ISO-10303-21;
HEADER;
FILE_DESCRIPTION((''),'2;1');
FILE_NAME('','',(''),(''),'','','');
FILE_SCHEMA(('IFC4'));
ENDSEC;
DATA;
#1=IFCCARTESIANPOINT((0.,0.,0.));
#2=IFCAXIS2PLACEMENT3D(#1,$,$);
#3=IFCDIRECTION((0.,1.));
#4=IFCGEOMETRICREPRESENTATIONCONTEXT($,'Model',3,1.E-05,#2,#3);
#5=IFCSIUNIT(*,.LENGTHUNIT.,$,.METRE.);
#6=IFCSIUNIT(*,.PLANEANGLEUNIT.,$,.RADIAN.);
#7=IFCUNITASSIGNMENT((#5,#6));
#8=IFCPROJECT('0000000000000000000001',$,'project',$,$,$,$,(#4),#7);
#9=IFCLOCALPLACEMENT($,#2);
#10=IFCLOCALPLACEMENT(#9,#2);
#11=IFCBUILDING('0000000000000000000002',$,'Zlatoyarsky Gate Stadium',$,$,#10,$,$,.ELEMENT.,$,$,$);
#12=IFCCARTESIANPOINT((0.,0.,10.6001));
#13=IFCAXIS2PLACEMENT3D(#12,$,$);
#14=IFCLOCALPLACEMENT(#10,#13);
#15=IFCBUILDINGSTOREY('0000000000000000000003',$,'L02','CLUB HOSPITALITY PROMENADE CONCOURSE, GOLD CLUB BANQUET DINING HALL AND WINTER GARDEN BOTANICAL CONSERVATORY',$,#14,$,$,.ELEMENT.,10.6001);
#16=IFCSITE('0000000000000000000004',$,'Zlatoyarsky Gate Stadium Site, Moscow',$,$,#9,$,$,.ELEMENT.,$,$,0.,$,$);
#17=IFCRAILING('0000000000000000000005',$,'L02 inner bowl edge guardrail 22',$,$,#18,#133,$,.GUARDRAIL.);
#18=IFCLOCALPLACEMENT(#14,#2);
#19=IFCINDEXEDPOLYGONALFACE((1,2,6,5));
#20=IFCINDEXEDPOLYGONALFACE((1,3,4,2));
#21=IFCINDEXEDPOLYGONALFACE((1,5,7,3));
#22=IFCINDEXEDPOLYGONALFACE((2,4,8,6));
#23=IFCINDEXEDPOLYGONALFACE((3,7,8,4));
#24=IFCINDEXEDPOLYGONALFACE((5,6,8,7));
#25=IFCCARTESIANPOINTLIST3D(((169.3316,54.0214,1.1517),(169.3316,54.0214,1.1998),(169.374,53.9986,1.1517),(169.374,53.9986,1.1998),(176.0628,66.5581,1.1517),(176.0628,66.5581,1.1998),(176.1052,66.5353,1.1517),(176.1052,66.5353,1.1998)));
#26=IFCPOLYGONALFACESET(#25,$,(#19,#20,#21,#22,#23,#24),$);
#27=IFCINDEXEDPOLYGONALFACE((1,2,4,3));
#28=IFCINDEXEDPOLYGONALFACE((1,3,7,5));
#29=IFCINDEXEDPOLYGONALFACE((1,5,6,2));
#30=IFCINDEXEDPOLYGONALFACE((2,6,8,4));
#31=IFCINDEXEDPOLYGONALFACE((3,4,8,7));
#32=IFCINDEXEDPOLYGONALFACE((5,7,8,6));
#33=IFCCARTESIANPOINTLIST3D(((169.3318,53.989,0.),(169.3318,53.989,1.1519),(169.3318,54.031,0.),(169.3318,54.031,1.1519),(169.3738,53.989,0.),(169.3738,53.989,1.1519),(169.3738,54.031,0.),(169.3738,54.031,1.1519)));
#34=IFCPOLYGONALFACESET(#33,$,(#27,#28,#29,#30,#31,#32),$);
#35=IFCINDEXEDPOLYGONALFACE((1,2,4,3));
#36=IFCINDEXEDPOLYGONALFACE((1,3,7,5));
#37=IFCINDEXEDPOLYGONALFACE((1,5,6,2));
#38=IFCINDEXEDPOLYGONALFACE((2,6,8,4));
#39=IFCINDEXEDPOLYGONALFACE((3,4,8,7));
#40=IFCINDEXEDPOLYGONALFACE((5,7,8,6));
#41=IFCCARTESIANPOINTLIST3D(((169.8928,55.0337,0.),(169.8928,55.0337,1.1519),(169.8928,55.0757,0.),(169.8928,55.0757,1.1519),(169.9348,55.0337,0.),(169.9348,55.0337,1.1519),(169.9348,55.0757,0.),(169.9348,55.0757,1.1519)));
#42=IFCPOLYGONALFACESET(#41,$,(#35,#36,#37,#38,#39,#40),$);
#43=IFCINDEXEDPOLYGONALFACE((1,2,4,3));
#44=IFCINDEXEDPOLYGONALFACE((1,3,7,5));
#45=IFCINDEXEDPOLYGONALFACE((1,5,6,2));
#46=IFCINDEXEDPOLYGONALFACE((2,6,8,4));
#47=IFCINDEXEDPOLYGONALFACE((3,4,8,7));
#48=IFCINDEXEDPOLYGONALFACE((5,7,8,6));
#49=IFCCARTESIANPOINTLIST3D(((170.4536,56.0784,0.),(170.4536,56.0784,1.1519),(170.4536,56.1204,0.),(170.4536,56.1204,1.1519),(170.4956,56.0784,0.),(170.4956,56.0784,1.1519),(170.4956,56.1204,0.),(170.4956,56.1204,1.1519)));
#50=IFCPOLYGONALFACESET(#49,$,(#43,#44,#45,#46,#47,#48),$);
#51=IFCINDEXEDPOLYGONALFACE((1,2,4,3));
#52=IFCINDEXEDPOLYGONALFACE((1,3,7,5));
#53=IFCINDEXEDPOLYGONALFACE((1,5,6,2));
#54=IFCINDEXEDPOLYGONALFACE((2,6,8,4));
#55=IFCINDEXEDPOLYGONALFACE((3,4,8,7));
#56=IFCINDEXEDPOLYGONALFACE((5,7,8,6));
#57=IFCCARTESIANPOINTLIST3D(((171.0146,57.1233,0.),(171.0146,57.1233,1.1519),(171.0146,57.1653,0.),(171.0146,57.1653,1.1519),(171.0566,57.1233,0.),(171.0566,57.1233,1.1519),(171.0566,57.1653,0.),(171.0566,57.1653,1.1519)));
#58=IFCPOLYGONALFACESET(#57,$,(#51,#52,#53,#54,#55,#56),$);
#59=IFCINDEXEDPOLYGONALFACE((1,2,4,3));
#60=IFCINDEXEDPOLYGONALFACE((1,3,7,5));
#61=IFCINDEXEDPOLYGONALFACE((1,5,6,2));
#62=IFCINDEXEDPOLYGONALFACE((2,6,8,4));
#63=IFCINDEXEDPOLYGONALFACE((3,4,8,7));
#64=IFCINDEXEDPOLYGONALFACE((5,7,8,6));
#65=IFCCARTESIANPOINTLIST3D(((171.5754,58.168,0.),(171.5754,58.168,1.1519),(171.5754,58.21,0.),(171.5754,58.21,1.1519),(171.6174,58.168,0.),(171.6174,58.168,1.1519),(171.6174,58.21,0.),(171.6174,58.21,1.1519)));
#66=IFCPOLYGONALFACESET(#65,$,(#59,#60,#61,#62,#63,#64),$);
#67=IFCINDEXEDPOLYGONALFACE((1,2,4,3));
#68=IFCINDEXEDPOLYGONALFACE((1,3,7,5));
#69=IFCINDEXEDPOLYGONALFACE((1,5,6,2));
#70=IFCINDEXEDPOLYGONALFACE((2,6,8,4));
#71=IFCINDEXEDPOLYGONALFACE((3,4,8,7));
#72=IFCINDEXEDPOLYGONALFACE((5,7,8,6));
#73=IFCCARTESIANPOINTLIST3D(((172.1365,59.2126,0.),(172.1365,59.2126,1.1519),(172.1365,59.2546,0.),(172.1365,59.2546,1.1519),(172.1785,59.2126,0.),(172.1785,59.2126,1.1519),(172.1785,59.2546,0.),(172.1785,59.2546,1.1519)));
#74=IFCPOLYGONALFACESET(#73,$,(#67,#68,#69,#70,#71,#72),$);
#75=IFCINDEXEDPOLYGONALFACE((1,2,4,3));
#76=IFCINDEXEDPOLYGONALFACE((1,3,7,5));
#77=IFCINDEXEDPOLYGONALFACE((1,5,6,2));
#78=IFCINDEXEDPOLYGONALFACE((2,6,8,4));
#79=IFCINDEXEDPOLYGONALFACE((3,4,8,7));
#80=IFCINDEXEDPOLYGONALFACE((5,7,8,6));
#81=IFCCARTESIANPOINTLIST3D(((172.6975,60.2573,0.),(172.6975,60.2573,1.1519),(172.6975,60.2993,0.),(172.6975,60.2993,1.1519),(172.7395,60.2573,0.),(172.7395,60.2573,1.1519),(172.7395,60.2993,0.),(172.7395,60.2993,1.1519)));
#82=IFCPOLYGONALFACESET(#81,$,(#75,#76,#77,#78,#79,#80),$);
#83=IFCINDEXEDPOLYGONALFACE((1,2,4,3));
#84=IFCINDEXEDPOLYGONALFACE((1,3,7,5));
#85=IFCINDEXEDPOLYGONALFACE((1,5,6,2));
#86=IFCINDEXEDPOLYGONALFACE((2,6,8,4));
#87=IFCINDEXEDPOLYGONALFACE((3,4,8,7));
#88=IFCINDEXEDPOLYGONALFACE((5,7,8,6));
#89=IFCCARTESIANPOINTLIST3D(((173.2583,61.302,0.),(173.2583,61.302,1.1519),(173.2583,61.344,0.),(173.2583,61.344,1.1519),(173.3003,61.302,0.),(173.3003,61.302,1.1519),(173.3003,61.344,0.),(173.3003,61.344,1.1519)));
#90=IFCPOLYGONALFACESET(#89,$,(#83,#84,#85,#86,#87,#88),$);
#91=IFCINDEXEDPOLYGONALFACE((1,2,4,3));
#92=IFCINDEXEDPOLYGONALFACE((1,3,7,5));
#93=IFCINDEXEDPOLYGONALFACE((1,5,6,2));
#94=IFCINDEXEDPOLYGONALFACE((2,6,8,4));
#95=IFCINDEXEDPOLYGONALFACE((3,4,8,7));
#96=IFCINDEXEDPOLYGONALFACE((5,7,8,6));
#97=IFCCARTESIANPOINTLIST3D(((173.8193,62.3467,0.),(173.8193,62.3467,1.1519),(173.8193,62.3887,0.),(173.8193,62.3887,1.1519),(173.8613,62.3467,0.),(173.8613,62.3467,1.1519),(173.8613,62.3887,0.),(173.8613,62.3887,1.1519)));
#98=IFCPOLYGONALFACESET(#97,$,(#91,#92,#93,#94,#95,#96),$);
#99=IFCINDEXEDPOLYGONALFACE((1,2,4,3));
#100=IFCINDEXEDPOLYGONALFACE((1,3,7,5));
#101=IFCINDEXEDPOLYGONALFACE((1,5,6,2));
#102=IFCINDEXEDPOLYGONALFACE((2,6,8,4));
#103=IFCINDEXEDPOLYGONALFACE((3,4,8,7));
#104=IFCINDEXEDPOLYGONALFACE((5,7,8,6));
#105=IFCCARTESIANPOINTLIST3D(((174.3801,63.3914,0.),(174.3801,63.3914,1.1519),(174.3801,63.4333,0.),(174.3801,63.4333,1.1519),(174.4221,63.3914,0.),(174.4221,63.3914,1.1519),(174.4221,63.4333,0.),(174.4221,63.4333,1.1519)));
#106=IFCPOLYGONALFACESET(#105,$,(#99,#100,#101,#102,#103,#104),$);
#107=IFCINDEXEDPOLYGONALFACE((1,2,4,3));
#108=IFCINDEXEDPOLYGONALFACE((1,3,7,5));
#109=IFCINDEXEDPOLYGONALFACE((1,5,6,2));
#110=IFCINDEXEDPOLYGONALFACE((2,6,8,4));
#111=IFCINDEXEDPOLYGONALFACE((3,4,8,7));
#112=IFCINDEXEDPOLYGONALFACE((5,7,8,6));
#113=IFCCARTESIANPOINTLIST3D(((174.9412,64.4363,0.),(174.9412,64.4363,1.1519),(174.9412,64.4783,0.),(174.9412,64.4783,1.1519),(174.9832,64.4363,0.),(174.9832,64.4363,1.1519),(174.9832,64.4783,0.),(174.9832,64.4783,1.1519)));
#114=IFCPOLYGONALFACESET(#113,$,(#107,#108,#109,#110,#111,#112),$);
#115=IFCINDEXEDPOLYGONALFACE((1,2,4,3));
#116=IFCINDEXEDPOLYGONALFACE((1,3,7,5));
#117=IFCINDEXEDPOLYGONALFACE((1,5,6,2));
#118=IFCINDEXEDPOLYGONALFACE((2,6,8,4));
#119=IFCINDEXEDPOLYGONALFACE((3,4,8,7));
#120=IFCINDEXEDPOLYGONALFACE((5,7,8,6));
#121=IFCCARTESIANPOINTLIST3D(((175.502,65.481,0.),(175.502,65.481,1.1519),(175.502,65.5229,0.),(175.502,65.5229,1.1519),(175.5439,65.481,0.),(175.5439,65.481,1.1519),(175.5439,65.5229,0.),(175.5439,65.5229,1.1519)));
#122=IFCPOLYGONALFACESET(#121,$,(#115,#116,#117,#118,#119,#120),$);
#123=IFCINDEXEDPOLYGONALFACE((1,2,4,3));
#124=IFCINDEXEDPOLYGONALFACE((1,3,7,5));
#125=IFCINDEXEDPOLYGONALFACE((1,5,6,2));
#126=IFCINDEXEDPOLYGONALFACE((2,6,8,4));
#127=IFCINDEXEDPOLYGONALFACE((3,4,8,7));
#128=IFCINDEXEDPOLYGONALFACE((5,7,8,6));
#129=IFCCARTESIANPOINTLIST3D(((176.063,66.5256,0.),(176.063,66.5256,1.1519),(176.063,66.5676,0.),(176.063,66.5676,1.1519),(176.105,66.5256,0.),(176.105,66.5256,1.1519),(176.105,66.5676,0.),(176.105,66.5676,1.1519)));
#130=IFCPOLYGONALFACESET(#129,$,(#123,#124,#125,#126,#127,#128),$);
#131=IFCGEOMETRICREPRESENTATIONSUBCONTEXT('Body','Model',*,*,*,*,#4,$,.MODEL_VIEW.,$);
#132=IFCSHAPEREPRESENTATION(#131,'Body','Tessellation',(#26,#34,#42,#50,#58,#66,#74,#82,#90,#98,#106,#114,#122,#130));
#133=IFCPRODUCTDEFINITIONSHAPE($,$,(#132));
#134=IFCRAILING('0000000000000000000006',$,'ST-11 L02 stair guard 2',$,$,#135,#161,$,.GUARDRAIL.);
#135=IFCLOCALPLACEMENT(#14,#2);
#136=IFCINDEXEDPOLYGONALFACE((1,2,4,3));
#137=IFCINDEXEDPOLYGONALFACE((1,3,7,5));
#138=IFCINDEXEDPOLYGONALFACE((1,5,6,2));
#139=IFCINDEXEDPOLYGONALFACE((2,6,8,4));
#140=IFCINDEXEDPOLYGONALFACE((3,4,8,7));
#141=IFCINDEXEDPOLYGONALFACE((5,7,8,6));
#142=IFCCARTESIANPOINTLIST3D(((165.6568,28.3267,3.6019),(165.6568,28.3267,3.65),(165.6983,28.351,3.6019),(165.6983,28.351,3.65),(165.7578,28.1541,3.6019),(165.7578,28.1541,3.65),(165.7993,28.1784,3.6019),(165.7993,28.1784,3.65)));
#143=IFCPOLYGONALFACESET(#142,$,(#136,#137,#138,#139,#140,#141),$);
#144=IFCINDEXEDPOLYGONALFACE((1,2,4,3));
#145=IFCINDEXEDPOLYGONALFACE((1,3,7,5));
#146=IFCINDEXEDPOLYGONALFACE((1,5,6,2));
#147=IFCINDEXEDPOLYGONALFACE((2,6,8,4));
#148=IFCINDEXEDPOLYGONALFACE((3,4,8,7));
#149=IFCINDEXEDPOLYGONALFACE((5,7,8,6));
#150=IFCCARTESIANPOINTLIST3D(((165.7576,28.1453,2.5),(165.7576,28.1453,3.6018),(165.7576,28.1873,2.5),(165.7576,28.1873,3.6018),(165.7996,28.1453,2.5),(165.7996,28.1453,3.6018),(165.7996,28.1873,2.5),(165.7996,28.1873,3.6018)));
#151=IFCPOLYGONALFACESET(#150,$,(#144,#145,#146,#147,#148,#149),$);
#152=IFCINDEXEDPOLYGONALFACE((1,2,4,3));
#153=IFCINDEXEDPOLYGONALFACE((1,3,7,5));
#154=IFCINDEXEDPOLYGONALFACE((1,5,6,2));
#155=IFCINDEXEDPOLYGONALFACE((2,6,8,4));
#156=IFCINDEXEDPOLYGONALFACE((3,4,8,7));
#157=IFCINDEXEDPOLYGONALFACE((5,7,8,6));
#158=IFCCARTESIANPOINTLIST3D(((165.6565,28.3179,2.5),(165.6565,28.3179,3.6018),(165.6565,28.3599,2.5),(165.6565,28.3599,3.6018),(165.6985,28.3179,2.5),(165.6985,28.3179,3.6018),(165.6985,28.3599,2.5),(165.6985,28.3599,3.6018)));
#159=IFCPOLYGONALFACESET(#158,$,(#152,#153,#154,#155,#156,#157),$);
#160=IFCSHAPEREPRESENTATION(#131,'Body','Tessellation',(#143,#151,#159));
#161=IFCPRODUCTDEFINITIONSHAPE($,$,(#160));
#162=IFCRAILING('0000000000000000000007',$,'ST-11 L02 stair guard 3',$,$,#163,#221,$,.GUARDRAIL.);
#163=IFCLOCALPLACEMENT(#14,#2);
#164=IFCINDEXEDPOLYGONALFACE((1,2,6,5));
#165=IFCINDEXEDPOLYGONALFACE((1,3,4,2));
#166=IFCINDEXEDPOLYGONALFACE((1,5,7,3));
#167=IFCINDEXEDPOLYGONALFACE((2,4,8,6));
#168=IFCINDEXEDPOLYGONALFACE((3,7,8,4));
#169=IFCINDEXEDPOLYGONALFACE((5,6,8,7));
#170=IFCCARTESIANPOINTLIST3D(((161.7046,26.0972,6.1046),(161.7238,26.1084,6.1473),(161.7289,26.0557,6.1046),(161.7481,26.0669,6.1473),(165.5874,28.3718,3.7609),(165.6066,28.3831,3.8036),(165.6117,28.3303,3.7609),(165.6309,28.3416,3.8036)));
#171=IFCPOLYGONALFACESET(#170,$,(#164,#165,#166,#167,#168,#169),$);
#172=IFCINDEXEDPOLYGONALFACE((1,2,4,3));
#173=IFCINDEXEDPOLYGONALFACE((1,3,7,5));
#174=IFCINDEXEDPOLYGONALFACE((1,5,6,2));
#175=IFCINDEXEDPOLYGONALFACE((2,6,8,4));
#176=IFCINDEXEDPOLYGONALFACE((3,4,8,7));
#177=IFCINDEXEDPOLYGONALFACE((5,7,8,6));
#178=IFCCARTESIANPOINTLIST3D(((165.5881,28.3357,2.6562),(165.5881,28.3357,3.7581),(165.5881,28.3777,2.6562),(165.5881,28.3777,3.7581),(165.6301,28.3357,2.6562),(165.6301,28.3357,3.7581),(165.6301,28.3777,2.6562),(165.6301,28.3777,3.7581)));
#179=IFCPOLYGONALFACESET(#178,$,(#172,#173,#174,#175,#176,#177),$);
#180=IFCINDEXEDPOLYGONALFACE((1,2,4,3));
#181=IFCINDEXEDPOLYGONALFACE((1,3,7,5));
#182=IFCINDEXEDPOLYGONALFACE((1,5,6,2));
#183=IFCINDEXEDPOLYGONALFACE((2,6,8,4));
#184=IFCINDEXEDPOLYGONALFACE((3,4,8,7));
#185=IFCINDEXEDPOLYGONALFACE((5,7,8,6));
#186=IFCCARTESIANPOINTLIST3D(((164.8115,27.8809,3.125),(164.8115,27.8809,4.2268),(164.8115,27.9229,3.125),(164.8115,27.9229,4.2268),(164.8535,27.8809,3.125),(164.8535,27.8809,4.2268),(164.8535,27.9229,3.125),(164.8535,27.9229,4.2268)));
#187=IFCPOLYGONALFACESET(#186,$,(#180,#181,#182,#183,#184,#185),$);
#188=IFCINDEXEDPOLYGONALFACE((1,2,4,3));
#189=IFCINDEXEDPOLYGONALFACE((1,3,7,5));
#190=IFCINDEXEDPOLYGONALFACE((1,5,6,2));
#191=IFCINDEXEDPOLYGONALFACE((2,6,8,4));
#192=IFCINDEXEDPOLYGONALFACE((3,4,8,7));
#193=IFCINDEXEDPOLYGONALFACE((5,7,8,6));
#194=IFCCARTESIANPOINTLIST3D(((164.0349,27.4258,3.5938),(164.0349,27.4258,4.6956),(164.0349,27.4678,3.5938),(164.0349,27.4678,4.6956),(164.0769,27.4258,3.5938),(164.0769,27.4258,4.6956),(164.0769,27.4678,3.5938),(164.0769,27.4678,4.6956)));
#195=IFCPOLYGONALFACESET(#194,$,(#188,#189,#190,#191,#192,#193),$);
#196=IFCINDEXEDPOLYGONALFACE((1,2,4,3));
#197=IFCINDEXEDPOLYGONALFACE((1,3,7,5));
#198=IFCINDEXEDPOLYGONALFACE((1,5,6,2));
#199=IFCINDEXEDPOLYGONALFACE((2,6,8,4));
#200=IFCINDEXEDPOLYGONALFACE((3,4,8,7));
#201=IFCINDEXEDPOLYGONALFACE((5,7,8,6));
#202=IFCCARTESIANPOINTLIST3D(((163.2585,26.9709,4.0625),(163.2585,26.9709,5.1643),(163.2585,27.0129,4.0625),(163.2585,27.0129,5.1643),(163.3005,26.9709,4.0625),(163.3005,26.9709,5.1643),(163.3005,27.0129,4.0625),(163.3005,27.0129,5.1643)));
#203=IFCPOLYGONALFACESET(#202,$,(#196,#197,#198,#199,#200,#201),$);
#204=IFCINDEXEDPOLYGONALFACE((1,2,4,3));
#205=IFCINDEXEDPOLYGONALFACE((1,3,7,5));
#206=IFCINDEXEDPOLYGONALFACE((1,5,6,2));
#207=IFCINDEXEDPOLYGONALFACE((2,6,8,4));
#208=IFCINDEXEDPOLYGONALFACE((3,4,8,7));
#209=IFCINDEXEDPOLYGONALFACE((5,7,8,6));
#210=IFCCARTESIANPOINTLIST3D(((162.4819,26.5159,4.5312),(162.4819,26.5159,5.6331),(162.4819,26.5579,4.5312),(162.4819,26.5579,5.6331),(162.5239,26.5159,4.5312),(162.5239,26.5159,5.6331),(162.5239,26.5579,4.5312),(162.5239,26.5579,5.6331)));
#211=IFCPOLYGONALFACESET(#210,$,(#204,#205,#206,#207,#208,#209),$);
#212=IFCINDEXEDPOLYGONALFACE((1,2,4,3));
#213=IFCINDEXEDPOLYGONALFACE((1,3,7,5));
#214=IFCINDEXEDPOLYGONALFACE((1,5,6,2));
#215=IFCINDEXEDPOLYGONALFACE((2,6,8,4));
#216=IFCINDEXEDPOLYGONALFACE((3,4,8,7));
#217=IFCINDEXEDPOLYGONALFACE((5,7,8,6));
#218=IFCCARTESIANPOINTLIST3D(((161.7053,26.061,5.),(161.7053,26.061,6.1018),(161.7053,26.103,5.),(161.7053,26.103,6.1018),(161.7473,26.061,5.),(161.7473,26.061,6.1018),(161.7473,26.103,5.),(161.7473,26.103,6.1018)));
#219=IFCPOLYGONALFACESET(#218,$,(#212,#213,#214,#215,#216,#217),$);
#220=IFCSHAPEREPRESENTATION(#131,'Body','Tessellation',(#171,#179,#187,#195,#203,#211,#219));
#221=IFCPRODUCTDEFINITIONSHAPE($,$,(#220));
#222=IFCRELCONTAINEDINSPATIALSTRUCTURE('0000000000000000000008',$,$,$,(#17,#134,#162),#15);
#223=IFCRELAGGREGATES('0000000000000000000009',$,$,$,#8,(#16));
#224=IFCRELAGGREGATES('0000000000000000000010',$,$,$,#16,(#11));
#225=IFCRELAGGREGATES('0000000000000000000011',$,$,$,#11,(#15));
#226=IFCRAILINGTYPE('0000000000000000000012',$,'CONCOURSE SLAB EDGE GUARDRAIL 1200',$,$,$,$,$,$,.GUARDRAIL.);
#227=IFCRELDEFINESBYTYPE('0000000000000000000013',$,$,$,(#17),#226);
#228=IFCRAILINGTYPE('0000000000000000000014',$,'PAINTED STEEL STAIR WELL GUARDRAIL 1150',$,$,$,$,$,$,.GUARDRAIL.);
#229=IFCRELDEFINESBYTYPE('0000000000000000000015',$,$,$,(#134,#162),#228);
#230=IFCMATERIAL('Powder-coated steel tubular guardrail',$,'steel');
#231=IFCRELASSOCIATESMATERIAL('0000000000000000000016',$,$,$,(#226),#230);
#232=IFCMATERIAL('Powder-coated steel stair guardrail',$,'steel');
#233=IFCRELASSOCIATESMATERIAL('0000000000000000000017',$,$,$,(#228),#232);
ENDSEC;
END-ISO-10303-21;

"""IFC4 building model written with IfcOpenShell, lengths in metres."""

from ifc_helpers import new_model, si_unit, direction, frame, origin, origin_2d, place, context, subcontext, project, spatial, rectangle, extrude, material, type_object, element, save


model = new_model("IFC4")

# Units and contexts
model_context = context("Model", 3, precision=1e-05, world=origin(), true_north=direction((0.0, 1.0)))
body_context = subcontext(model_context, "Body", "Model", "MODEL_VIEW")
ifc_project = project(units=[si_unit("LENGTHUNIT", "METRE"), si_unit("PLANEANGLEUNIT", "RADIAN")], contexts=[model_context])

# Site, building, storey
site_placement = place(None, origin())
site = spatial("IfcSite", under=ifc_project, at=site_placement, Name="Zlatoyarsky Gate Stadium Site, Moscow", CompositionType="ELEMENT", RefElevation=0.0)
building_placement = place(site_placement, origin())
building = spatial("IfcBuilding", under=site, at=building_placement, Name="Zlatoyarsky Gate Stadium", CompositionType="ELEMENT")
storey_placement = place(building_placement, frame((0.0, 0.0, 10.6001)))
storey = spatial("IfcBuildingStorey", under=building, at=storey_placement, Name="L02", Description="CLUB HOSPITALITY PROMENADE CONCOURSE, GOLD CLUB BANQUET DINING HALL AND WINTER GARDEN BOTANICAL CONSERVATORY", CompositionType="ELEMENT", Elevation=10.6001)

# Railings
ifc_material_1 = material(Name="Powder-coated steel tubular guardrail", Category="steel")
railing_type_1 = type_object("IfcRailingType", Name="CONCOURSE SLAB EDGE GUARDRAIL 1200", PredefinedType="GUARDRAIL", material=ifc_material_1)
railing_1_placement = place(storey_placement, frame((169.3528, 54.01, 0.0)))
element("IfcRailing", 1, at=railing_1_placement, inside=storey, type_object=railing_type_1, Name="L02 inner bowl edge guardrail 22", PredefinedType="GUARDRAIL", context=body_context, shape_type="SweptSolid", body=[
    extrude(rectangle(XDim=0.0481, YDim=0.0481, at=origin_2d()), frame((0.0, 0.0, 1.1758), z_axis=(0.473049, 0.881036, 0.0), x_axis=(-0.881036, 0.473049, 0.0)), (0.0, 0.0, 1.0), 14.2295),
    extrude(rectangle(XDim=0.042, YDim=0.042, at=origin_2d()), origin(), (0.0, 0.0, 1.0), 1.1519),
    extrude(rectangle(XDim=0.042, YDim=0.042, at=origin_2d()), frame((0.561, 1.0447, 0.0)), (0.0, 0.0, 1.0), 1.1519),
    extrude(rectangle(XDim=0.042, YDim=0.042, at=origin_2d()), frame((1.1218, 2.0894, 0.0)), (0.0, 0.0, 1.0), 1.1519),
    extrude(rectangle(XDim=0.042, YDim=0.042, at=origin_2d()), frame((1.6829, 3.1343, 0.0)), (0.0, 0.0, 1.0), 1.1519),
    extrude(rectangle(XDim=0.042, YDim=0.042, at=origin_2d()), frame((2.2437, 4.179, 0.0)), (0.0, 0.0, 1.0), 1.1519),
    extrude(rectangle(XDim=0.042, YDim=0.042, at=origin_2d()), frame((2.8047, 5.2236, 0.0)), (0.0, 0.0, 1.0), 1.1519),
    extrude(rectangle(XDim=0.042, YDim=0.042, at=origin_2d()), frame((3.3657, 6.2683, 0.0)), (0.0, 0.0, 1.0), 1.1519),
    extrude(rectangle(XDim=0.042, YDim=0.042, at=origin_2d()), frame((3.9265, 7.313, 0.0)), (0.0, 0.0, 1.0), 1.1519),
    extrude(rectangle(XDim=0.042, YDim=0.042, at=origin_2d()), frame((4.4875, 8.3577, 0.0)), (0.0, 0.0, 1.0), 1.1519),
    extrude(rectangle(XDim=0.042, YDim=0.042, at=origin_2d()), frame((5.0483, 9.4023, 0.0)), (0.0, 0.0, 1.0), 1.1519),
    extrude(rectangle(XDim=0.042, YDim=0.042, at=origin_2d()), frame((5.6094, 10.4473, 0.0)), (0.0, 0.0, 1.0), 1.1519),
    extrude(rectangle(XDim=0.042, YDim=0.042, at=origin_2d()), frame((6.1702, 11.4919, 0.0)), (0.0, 0.0, 1.0), 1.1519),
    extrude(rectangle(XDim=0.042, YDim=0.042, at=origin_2d()), frame((6.7312, 12.5366, 0.0)), (0.0, 0.0, 1.0), 1.1519),
])
ifc_material_2 = material(Name="Powder-coated steel stair guardrail", Category="steel")
railing_type_2 = type_object("IfcRailingType", Name="PAINTED STEEL STAIR WELL GUARDRAIL 1150", PredefinedType="GUARDRAIL", material=ifc_material_2)
railing_2_placement = place(storey_placement, frame((165.7786, 28.1663, 2.5)))
element("IfcRailing", 2, at=railing_2_placement, inside=storey, type_object=railing_type_2, Name="ST-11 L02 stair guard 2", PredefinedType="GUARDRAIL", context=body_context, shape_type="SweptSolid", body=[
    extrude(rectangle(XDim=0.0481, YDim=0.0481, at=origin_2d()), frame((0.0, 0.0, 1.126), z_axis=(-0.505312, 0.862937, 0.0), x_axis=(-0.862937, -0.505312, 0.0)), (0.0, 0.0, 1.0), 0.2),
    extrude(rectangle(XDim=0.042, YDim=0.042, at=origin_2d()), origin(), (0.0, 0.0, 1.0), 1.1018),
    extrude(rectangle(XDim=0.042, YDim=0.042, at=origin_2d()), frame((-0.1011, 0.1726, 0.0)), (0.0, 0.0, 1.0), 1.1018),
])
railing_3_placement = place(storey_placement, frame((165.6091, 28.3567, 2.6562)))
element("IfcRailing", 3, at=railing_3_placement, inside=storey, type_object=railing_type_2, Name="ST-11 L02 stair guard 3", PredefinedType="GUARDRAIL", context=body_context, shape_type="SweptSolid", body=[
    extrude(rectangle(XDim=0.0481, YDim=0.0481, at=origin_2d()), frame((0.0, 0.0, 1.126), z_axis=(-0.765267, -0.448314, 0.461932), x_axis=(0.505476, -0.862841, 0.0)), (0.0, 0.0, 1.0), 5.0737),
    extrude(rectangle(XDim=0.042, YDim=0.042, at=origin_2d()), origin(), (0.0, 0.0, 1.0), 1.1018),
    extrude(rectangle(XDim=0.042, YDim=0.042, at=origin_2d()), frame((-0.7766, -0.4548, 0.4688)), (0.0, 0.0, 1.0), 1.1018),
    extrude(rectangle(XDim=0.042, YDim=0.042, at=origin_2d()), frame((-1.5532, -0.9099, 0.9375)), (0.0, 0.0, 1.0), 1.1018),
    extrude(rectangle(XDim=0.042, YDim=0.042, at=origin_2d()), frame((-2.3296, -1.3647, 1.4062)), (0.0, 0.0, 1.0), 1.1018),
    extrude(rectangle(XDim=0.042, YDim=0.042, at=origin_2d()), frame((-3.1062, -1.8198, 1.875)), (0.0, 0.0, 1.0), 1.1018),
    extrude(rectangle(XDim=0.042, YDim=0.042, at=origin_2d()), frame((-3.8828, -2.2747, 2.3438)), (0.0, 0.0, 1.0), 1.1018),
])

save(model, "model.ifc")
